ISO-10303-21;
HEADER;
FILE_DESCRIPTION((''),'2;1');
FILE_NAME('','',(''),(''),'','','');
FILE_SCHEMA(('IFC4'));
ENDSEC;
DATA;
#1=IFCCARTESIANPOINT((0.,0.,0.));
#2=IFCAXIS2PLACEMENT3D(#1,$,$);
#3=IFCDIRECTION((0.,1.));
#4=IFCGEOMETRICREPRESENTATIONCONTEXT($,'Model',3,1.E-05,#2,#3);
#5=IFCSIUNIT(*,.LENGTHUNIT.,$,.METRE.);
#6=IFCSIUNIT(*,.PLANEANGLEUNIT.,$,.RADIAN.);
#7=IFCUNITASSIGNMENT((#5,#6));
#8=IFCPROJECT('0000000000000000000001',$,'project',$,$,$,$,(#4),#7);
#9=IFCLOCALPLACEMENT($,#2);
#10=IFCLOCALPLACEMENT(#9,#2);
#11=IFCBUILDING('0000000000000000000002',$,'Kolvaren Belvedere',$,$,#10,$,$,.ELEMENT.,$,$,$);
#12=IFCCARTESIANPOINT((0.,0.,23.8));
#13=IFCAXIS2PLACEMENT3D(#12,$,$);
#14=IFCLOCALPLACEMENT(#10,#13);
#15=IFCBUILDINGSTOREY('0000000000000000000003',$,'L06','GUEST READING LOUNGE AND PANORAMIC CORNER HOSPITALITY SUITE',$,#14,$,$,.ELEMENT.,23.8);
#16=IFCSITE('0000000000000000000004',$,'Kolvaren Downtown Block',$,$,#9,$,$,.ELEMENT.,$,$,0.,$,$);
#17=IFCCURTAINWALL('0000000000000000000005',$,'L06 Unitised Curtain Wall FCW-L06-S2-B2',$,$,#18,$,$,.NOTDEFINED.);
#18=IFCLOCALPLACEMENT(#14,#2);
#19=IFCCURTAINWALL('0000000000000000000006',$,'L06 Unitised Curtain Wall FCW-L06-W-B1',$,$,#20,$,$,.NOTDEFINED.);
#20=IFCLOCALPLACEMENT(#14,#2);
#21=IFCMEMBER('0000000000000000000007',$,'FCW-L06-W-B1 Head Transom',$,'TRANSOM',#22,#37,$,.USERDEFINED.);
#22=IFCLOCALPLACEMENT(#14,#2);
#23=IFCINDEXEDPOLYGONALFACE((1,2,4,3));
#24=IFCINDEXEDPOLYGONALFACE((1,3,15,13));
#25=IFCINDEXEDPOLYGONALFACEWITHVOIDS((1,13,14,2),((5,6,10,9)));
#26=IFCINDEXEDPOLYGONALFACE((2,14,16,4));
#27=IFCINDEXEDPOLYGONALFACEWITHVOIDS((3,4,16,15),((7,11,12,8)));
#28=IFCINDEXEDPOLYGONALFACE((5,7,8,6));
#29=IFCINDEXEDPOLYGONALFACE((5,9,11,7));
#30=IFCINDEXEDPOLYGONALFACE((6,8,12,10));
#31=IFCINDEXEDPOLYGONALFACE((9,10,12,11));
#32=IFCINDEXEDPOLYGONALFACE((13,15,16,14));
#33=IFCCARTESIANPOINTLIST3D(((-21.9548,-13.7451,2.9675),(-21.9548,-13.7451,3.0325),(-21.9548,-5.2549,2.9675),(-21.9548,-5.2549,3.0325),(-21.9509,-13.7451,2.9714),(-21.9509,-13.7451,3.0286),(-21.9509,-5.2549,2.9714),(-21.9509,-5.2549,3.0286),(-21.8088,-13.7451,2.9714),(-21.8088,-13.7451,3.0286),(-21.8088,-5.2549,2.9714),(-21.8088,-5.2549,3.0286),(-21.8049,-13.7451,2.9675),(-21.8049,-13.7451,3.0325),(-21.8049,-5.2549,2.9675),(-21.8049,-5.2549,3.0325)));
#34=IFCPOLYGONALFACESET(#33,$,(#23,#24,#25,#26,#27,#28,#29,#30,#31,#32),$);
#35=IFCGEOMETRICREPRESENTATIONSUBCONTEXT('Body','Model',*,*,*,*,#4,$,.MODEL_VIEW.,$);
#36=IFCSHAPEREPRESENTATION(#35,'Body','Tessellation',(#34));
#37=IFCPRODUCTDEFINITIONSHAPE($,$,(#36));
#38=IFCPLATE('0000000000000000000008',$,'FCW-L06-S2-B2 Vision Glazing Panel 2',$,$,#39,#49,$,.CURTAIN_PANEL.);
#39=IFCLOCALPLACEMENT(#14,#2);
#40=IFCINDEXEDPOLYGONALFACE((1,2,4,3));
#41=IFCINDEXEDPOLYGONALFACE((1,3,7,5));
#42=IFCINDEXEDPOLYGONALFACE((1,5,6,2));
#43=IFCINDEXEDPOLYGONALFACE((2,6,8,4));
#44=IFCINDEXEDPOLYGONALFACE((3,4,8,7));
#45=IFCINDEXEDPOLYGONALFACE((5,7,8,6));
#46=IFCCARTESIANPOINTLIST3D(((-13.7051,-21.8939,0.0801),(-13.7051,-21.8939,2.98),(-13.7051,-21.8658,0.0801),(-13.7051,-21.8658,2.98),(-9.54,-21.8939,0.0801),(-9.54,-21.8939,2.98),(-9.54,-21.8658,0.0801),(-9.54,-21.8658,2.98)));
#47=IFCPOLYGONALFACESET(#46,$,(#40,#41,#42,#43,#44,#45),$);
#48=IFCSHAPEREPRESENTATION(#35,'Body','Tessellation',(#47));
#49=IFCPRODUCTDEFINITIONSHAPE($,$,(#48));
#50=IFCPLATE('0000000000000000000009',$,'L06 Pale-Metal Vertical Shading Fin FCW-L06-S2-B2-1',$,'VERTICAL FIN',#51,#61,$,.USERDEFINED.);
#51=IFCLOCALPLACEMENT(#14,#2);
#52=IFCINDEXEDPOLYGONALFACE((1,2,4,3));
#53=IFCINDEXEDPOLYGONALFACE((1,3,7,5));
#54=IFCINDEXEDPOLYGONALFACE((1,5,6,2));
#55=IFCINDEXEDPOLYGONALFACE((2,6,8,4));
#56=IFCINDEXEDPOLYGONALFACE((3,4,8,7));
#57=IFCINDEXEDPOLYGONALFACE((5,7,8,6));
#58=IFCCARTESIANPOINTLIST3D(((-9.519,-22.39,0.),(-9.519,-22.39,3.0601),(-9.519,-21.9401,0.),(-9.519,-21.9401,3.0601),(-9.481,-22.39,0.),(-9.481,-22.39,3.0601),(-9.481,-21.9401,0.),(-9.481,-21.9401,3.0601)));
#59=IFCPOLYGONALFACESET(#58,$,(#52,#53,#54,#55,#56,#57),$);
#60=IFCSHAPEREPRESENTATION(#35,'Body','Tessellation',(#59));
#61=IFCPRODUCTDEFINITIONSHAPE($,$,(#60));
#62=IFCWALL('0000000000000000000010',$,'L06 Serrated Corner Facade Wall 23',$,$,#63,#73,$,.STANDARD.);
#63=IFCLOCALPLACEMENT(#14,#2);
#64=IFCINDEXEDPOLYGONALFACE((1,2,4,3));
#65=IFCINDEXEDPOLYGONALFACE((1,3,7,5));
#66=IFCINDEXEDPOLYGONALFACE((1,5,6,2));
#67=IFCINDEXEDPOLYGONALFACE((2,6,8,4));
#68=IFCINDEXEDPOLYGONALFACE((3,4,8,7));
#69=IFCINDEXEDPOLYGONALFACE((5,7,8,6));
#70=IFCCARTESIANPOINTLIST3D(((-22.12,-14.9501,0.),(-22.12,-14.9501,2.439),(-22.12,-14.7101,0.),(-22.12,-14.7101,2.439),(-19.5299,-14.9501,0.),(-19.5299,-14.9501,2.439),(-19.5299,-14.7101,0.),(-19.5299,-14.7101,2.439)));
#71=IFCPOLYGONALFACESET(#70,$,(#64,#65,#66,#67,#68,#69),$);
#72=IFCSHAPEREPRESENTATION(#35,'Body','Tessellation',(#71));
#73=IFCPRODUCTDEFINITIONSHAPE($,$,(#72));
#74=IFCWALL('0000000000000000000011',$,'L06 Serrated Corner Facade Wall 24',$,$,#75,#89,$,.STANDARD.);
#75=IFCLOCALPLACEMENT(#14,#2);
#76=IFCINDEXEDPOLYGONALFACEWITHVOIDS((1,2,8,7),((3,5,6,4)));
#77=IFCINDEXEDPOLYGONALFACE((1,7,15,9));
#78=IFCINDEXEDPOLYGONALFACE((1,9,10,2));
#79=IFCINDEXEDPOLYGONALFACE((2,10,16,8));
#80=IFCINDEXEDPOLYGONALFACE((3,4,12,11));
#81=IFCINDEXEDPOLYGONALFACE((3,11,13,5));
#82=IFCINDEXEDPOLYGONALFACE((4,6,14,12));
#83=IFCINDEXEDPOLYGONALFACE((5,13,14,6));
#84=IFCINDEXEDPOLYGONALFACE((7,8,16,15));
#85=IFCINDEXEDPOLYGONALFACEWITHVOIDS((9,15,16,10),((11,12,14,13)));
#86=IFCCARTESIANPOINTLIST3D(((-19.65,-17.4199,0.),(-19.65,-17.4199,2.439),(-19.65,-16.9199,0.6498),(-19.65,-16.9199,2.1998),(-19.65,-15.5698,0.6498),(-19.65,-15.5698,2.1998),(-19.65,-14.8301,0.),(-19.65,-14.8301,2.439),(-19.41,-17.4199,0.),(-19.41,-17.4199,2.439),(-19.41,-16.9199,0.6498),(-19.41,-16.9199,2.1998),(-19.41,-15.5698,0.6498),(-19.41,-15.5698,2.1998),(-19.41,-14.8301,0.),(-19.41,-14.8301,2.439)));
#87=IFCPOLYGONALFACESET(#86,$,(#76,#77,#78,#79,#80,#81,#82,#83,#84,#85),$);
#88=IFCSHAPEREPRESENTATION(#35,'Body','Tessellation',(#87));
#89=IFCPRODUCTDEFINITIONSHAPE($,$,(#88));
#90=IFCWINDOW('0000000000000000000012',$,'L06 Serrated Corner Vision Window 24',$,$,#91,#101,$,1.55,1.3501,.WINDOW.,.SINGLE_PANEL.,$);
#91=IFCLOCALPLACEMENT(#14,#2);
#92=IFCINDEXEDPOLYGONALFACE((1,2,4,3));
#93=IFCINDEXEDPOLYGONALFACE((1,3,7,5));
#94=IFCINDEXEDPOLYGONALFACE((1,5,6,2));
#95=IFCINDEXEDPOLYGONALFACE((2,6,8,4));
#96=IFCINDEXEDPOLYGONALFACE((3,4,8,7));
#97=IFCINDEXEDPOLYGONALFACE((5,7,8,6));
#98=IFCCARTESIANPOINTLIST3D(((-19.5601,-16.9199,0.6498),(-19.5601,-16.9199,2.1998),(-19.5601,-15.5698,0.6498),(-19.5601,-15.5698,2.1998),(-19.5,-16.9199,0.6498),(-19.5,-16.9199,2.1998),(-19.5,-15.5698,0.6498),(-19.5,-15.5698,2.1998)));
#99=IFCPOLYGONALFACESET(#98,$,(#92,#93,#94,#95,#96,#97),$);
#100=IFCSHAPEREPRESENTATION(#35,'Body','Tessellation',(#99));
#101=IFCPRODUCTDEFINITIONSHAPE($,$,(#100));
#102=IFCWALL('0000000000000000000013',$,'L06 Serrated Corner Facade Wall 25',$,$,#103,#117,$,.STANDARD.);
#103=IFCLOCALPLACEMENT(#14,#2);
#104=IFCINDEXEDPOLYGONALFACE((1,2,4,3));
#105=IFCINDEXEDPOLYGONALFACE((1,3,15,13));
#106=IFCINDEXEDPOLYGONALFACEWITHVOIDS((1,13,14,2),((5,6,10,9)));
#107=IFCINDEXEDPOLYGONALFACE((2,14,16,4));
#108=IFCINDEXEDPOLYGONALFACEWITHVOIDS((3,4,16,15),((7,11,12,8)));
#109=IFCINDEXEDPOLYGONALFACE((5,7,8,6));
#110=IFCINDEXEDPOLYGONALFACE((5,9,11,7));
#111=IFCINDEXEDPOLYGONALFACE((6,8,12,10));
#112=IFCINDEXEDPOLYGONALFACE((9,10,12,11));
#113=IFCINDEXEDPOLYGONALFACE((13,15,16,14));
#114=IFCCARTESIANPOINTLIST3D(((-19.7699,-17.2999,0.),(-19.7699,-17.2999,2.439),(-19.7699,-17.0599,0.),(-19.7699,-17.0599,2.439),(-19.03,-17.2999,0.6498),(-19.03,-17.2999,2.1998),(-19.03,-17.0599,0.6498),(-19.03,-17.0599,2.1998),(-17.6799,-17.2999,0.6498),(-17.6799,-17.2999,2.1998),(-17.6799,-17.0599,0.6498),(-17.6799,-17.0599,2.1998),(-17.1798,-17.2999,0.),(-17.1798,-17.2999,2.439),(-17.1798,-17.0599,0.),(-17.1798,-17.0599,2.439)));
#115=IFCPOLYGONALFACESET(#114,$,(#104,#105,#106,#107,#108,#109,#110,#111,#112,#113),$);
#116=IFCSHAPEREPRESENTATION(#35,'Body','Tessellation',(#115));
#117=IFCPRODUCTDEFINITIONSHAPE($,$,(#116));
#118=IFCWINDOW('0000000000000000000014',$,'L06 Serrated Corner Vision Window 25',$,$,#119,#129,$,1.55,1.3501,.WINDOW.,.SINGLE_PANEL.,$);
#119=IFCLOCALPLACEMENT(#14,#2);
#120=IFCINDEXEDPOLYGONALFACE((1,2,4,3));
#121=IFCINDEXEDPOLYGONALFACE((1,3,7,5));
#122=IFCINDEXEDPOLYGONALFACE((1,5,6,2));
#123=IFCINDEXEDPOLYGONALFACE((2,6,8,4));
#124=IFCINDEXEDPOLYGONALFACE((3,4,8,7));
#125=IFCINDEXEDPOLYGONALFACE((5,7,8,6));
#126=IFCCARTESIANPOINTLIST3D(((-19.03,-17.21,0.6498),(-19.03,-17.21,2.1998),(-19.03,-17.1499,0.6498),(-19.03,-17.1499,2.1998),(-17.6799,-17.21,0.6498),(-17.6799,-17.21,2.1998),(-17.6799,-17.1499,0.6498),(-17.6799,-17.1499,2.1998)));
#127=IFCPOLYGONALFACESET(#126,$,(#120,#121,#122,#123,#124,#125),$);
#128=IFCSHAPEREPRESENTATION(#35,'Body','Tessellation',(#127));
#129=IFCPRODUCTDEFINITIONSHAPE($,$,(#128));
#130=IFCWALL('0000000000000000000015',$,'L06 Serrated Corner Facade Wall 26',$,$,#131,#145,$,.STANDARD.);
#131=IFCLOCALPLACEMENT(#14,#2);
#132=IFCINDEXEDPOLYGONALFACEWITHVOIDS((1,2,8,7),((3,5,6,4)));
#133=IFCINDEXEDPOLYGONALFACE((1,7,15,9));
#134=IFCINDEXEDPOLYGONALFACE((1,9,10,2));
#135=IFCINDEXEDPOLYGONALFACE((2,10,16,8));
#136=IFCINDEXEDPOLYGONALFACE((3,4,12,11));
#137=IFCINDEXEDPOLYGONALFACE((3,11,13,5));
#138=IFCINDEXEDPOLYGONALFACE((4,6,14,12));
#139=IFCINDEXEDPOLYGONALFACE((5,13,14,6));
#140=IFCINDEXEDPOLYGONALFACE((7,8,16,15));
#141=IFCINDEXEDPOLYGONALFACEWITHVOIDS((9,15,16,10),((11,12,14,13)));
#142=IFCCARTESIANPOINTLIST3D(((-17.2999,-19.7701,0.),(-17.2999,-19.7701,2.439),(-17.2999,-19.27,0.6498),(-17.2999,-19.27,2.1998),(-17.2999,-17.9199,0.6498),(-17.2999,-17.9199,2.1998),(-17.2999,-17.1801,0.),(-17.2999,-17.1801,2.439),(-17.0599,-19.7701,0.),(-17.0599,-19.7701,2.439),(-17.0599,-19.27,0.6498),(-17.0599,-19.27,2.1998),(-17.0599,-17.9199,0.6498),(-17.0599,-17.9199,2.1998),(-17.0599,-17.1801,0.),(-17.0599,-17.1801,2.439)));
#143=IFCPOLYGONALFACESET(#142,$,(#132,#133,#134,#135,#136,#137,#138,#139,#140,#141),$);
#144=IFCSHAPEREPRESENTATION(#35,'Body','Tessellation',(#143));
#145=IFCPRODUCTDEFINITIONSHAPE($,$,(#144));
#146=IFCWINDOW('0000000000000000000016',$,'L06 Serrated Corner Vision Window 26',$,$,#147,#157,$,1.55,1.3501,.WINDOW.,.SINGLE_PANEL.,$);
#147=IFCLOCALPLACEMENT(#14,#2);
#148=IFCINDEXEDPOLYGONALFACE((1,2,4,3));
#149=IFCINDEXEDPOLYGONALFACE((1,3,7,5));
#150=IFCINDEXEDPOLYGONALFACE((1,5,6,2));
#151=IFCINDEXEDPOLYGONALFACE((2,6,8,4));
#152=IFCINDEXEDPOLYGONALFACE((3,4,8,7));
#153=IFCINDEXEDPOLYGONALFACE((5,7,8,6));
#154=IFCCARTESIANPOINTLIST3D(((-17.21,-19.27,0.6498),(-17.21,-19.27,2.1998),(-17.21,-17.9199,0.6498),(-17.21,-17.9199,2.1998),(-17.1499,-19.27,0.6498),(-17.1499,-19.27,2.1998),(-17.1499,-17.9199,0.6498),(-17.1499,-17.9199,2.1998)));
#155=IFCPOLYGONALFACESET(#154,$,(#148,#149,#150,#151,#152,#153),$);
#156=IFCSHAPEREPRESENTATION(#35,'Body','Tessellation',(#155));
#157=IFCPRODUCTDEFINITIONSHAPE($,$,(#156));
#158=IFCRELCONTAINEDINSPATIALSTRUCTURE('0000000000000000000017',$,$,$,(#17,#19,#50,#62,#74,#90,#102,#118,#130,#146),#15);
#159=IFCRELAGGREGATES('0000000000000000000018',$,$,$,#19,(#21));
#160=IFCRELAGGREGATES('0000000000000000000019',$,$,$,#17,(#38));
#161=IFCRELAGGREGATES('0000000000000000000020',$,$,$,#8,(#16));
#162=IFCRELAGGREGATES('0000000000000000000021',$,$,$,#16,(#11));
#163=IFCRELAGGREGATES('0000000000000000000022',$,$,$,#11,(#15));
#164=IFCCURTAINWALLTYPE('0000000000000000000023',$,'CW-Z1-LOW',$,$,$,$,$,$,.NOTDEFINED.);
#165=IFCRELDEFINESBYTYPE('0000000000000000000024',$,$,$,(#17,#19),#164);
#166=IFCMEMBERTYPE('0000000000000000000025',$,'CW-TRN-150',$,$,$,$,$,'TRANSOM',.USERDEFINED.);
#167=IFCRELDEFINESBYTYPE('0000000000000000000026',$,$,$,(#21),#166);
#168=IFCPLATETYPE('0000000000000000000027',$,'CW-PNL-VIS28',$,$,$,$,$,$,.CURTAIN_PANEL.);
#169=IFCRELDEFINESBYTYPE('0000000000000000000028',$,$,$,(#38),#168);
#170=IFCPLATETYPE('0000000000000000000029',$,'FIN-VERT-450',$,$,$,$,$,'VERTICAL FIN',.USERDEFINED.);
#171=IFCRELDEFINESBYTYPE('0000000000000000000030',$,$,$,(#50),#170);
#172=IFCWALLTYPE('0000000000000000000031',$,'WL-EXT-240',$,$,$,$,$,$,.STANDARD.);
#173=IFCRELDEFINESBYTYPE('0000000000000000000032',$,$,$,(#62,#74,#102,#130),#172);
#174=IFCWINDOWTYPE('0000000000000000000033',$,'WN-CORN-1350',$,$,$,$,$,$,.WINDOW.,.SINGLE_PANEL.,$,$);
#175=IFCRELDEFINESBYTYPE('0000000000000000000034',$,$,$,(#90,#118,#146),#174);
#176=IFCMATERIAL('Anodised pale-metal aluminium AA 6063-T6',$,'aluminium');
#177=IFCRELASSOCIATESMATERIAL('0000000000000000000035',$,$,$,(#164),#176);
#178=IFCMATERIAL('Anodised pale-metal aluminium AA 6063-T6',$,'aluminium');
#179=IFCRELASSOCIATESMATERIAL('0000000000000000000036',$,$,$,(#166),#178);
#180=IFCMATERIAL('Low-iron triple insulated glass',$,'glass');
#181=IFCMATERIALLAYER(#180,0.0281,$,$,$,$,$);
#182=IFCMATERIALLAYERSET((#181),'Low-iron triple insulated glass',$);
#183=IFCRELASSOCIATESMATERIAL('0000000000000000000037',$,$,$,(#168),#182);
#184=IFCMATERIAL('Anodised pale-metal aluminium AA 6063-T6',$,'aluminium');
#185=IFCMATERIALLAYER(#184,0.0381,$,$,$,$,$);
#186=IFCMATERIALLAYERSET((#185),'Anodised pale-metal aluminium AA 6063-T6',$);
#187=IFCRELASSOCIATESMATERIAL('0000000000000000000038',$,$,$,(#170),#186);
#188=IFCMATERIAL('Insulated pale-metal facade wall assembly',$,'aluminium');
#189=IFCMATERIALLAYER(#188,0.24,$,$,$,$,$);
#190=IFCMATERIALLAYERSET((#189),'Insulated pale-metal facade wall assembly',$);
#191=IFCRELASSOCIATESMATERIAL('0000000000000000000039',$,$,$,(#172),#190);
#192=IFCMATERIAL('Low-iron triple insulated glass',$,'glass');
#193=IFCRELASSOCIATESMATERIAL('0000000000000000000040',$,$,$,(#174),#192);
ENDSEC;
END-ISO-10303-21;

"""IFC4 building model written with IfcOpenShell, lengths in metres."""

from ifc_helpers import new_model, si_unit, direction, frame, frame_2d, origin, origin_2d, place, context, subcontext, project, spatial, rectangle, hollow_rectangle, extrude, material, layer, layer_set, material_profile, profile_set, type_object, element, fill, aggregate, save


model = new_model("IFC4")

# Units and contexts
model_context = context("Model", 3, precision=1e-05, world=origin(), true_north=direction((0.0, 1.0)))
body_context = subcontext(model_context, "Body", "Model", "MODEL_VIEW")
ifc_project = project(units=[si_unit("LENGTHUNIT", "METRE"), si_unit("PLANEANGLEUNIT", "RADIAN")], contexts=[model_context])

# Site, building, storey
site_placement = place(None, origin())
site = spatial("IfcSite", under=ifc_project, at=site_placement, Name="Kolvaren Downtown Block", CompositionType="ELEMENT", RefElevation=0.0)
building_placement = place(site_placement, origin())
building = spatial("IfcBuilding", under=site, at=building_placement, Name="Kolvaren Belvedere", CompositionType="ELEMENT")
storey_placement = place(building_placement, frame((0.0, 0.0, 23.8)))
storey = spatial("IfcBuildingStorey", under=building, at=storey_placement, Name="L06", Description="GUEST READING LOUNGE AND PANORAMIC CORNER HOSPITALITY SUITE", CompositionType="ELEMENT", Elevation=23.8)

# Curtain walls, member
ifc_material_1 = material(Name="Anodised pale-metal aluminium AA 6063-T6", Category="aluminium")
curtain_wall_type = type_object("IfcCurtainWallType", Name="CW-Z1-LOW", PredefinedType="NOTDEFINED", material=ifc_material_1)
curtain_wall_1_placement = place(storey_placement, origin())
curtain_wall_1 = element("IfcCurtainWall", 1, at=curtain_wall_1_placement, inside=storey, type_object=curtain_wall_type, Name="L06 Unitised Curtain Wall FCW-L06-S2-B2", PredefinedType="NOTDEFINED")
curtain_wall_2_placement = place(storey_placement, origin())
curtain_wall_2 = element("IfcCurtainWall", 2, at=curtain_wall_2_placement, inside=storey, type_object=curtain_wall_type, Name="L06 Unitised Curtain Wall FCW-L06-W-B1", PredefinedType="NOTDEFINED")
ifc_material_2 = material(Name="Anodised pale-metal aluminium AA 6063-T6", Category="aluminium")
ifc_material_profile_1 = material_profile(ifc_material_2, hollow_rectangle(XDim=0.0649, YDim=0.1499, WallThickness=0.0039, at=origin_2d()), Name="ALU-TRN-150X65")
ifc_profile_set_1 = profile_set([ifc_material_profile_1], Name="Anodised pale-metal aluminium AA 6063-T6")
member_type_1 = type_object("IfcMemberType", Name="CW-TRN-150", ElementType="TRANSOM", PredefinedType="USERDEFINED", material=ifc_profile_set_1)
member_1_placement = place(storey_placement, frame((-21.8799, -13.7451, 3.0), z_axis=(0.0, 1.0, 0.0), x_axis=(0.0, 0.0, 1.0)))
member_1 = element("IfcMember", 3, at=member_1_placement, type_object=member_type_1, Name="FCW-L06-W-B1 Head Transom", ObjectType="TRANSOM", PredefinedType="USERDEFINED", context=body_context, shape_type="SweptSolid", body=[
    extrude(hollow_rectangle(XDim=0.0649, YDim=0.1499, WallThickness=0.0039, at=origin_2d()), origin(), (0.0, 0.0, 1.0), 8.4902),
])
aggregate(curtain_wall_2, [member_1])

# Plates
ifc_material_3 = material(Name="Low-iron triple insulated glass", Category="glass")
ifc_layer_1 = layer(ifc_material_3, 0.0281)
ifc_layer_set_1 = layer_set([ifc_layer_1], Name="Low-iron triple insulated glass")
plate_type_1 = type_object("IfcPlateType", Name="CW-PNL-VIS28", PredefinedType="CURTAIN_PANEL", material=ifc_layer_set_1)
plate_1_placement = place(storey_placement, frame((-11.6226, -21.8799, 0.0801), z_axis=(0.0, 0.0, 1.0), x_axis=(-1.0, 0.0, 0.0)))
plate_1 = element("IfcPlate", 4, at=plate_1_placement, type_object=plate_type_1, Name="FCW-L06-S2-B2 Vision Glazing Panel 2", PredefinedType="CURTAIN_PANEL", context=body_context, shape_type="SweptSolid", body=[
    extrude(rectangle(XDim=4.165, YDim=0.0281, at=origin_2d()), origin(), (0.0, 0.0, 1.0), 2.8999),
])
aggregate(curtain_wall_1, [plate_1])
ifc_material_4 = material(Name="Anodised pale-metal aluminium AA 6063-T6", Category="aluminium")
ifc_layer_2 = layer(ifc_material_4, 0.0381)
ifc_layer_set_2 = layer_set([ifc_layer_2], Name="Anodised pale-metal aluminium AA 6063-T6")
plate_type_2 = type_object("IfcPlateType", Name="FIN-VERT-450", ElementType="VERTICAL FIN", PredefinedType="USERDEFINED", material=ifc_layer_set_2)
plate_2_placement = place(storey_placement, frame((-9.5, -22.165, 0.0), z_axis=(0.0, 0.0, 1.0), x_axis=(0.0, 1.0, 0.0)))
element("IfcPlate", 5, at=plate_2_placement, inside=storey, type_object=plate_type_2, Name="L06 Pale-Metal Vertical Shading Fin FCW-L06-S2-B2-1", ObjectType="VERTICAL FIN", PredefinedType="USERDEFINED", context=body_context, shape_type="SweptSolid", body=[
    extrude(rectangle(XDim=0.45, YDim=0.0381, at=origin_2d()), origin(), (0.0, 0.0, 1.0), 3.0601),
])

# Wall
ifc_material_5 = material(Name="Insulated pale-metal facade wall assembly", Category="aluminium")
ifc_layer_3 = layer(ifc_material_5, 0.24)
ifc_layer_set_3 = layer_set([ifc_layer_3], Name="Insulated pale-metal facade wall assembly")
wall_type_1 = type_object("IfcWallType", Name="WL-EXT-240", PredefinedType="STANDARD", material=ifc_layer_set_3)
wall_1_placement = place(storey_placement, frame((-19.53, -14.8301, 0.0), z_axis=(0.0, 0.0, 1.0), x_axis=(-1.0, 0.0, 0.0)))
element("IfcWall", 6, at=wall_1_placement, inside=storey, type_object=wall_type_1, Name="L06 Serrated Corner Facade Wall 23", PredefinedType="STANDARD", context=body_context, shape_type="SweptSolid", body=[
    extrude(rectangle(XDim=2.5901, YDim=0.24, at=frame_2d((1.2949, 0.0))), origin(), (0.0, 0.0, 1.0), 2.439),
])

# Walls, openings, windows
wall_2_placement = place(storey_placement, frame((-19.53, -17.4199, 0.0), z_axis=(0.0, 0.0, 1.0), x_axis=(0.0, 1.0, 0.0)))
wall_2 = element("IfcWall", 7, at=wall_2_placement, inside=storey, type_object=wall_type_1, Name="L06 Serrated Corner Facade Wall 24", PredefinedType="STANDARD", context=body_context, shape_type="SweptSolid", body=[
    extrude(rectangle(XDim=2.5898, YDim=0.24, at=frame_2d((1.2949, 0.0))), origin(), (0.0, 0.0, 1.0), 2.439),
])
opening_1_placement = place(wall_2_placement, frame((0.5, 0.0, 0.6499)))
opening_1 = element("IfcOpeningElement", 8, at=opening_1_placement, cuts=wall_2, PredefinedType="OPENING", context=body_context, shape_type="SweptSolid", body=[
    extrude(rectangle(XDim=1.3501, YDim=1.55, at=frame_2d((0.675, 0.7749))), frame((0.0, 0.1299, 0.0), z_axis=(0.0, -1.0, 0.0), x_axis=(1.0, 0.0, 0.0)), (0.0, 0.0, 1.0), 0.26),
])
ifc_material_6 = material(Name="Low-iron triple insulated glass", Category="glass")
window_type = type_object("IfcWindowType", Name="WN-CORN-1350", PartitioningType="SINGLE_PANEL", PredefinedType="WINDOW", material=ifc_material_6)
window_1_placement = place(opening_1_placement, origin())
window_1 = element("IfcWindow", 9, at=window_1_placement, inside=storey, type_object=window_type, Name="L06 Serrated Corner Vision Window 24", OverallHeight=1.55, OverallWidth=1.3501, PartitioningType="SINGLE_PANEL", PredefinedType="WINDOW", context=body_context, shape_type="SweptSolid", body=[
    extrude(rectangle(XDim=1.3501, YDim=1.55, at=frame_2d((0.675, 0.7749))), frame((0.0, 0.03, 0.0), z_axis=(0.0, -1.0, 0.0), x_axis=(1.0, 0.0, 0.0)), (0.0, 0.0, 1.0), 0.0601),
])
fill(opening_1, window_1)
wall_3_placement = place(storey_placement, frame((-17.1799, -17.1799, 0.0), z_axis=(0.0, 0.0, 1.0), x_axis=(-1.0, 0.0, 0.0)))
wall_3 = element("IfcWall", 10, at=wall_3_placement, inside=storey, type_object=wall_type_1, Name="L06 Serrated Corner Facade Wall 25", PredefinedType="STANDARD", context=body_context, shape_type="SweptSolid", body=[
    extrude(rectangle(XDim=2.5901, YDim=0.24, at=frame_2d((1.2949, 0.0))), origin(), (0.0, 0.0, 1.0), 2.439),
])
opening_2_placement = place(wall_3_placement, frame((0.5, 0.0, 0.6499)))
opening_2 = element("IfcOpeningElement", 11, at=opening_2_placement, cuts=wall_3, PredefinedType="OPENING", context=body_context, shape_type="SweptSolid", body=[
    extrude(rectangle(XDim=1.3501, YDim=1.55, at=frame_2d((0.675, 0.7749))), frame((0.0, 0.1299, 0.0), z_axis=(0.0, -1.0, 0.0), x_axis=(1.0, 0.0, 0.0)), (0.0, 0.0, 1.0), 0.26),
])
window_2_placement = place(opening_2_placement, origin())
window_2 = element("IfcWindow", 12, at=window_2_placement, inside=storey, type_object=window_type, Name="L06 Serrated Corner Vision Window 25", OverallHeight=1.55, OverallWidth=1.3501, PartitioningType="SINGLE_PANEL", PredefinedType="WINDOW", context=body_context, shape_type="SweptSolid", body=[
    extrude(rectangle(XDim=1.3501, YDim=1.55, at=frame_2d((0.675, 0.7749))), frame((0.0, 0.03, 0.0), z_axis=(0.0, -1.0, 0.0), x_axis=(1.0, 0.0, 0.0)), (0.0, 0.0, 1.0), 0.0601),
])
fill(opening_2, window_2)
wall_4_placement = place(storey_placement, frame((-17.1799, -19.77, 0.0), z_axis=(0.0, 0.0, 1.0), x_axis=(0.0, 1.0, 0.0)))
wall_4 = element("IfcWall", 13, at=wall_4_placement, inside=storey, type_object=wall_type_1, Name="L06 Serrated Corner Facade Wall 26", PredefinedType="STANDARD", context=body_context, shape_type="SweptSolid", body=[
    extrude(rectangle(XDim=2.5901, YDim=0.24, at=frame_2d((1.2949, 0.0))), origin(), (0.0, 0.0, 1.0), 2.439),
])
opening_3_placement = place(wall_4_placement, frame((0.5, 0.0, 0.6499)))
opening_3 = element("IfcOpeningElement", 14, at=opening_3_placement, cuts=wall_4, PredefinedType="OPENING", context=body_context, shape_type="SweptSolid", body=[
    extrude(rectangle(XDim=1.3501, YDim=1.55, at=frame_2d((0.675, 0.7749))), frame((0.0, 0.1299, 0.0), z_axis=(0.0, -1.0, 0.0), x_axis=(1.0, 0.0, 0.0)), (0.0, 0.0, 1.0), 0.26),
])
window_3_placement = place(opening_3_placement, origin())
window_3 = element("IfcWindow", 15, at=window_3_placement, inside=storey, type_object=window_type, Name="L06 Serrated Corner Vision Window 26", OverallHeight=1.55, OverallWidth=1.3501, PartitioningType="SINGLE_PANEL", PredefinedType="WINDOW", context=body_context, shape_type="SweptSolid", body=[
    extrude(rectangle(XDim=1.3501, YDim=1.55, at=frame_2d((0.675, 0.7749))), frame((0.0, 0.03, 0.0), z_axis=(0.0, -1.0, 0.0), x_axis=(1.0, 0.0, 0.0)), (0.0, 0.0, 1.0), 0.0601),
])
fill(opening_3, window_3)

save(model, "model.ifc")
